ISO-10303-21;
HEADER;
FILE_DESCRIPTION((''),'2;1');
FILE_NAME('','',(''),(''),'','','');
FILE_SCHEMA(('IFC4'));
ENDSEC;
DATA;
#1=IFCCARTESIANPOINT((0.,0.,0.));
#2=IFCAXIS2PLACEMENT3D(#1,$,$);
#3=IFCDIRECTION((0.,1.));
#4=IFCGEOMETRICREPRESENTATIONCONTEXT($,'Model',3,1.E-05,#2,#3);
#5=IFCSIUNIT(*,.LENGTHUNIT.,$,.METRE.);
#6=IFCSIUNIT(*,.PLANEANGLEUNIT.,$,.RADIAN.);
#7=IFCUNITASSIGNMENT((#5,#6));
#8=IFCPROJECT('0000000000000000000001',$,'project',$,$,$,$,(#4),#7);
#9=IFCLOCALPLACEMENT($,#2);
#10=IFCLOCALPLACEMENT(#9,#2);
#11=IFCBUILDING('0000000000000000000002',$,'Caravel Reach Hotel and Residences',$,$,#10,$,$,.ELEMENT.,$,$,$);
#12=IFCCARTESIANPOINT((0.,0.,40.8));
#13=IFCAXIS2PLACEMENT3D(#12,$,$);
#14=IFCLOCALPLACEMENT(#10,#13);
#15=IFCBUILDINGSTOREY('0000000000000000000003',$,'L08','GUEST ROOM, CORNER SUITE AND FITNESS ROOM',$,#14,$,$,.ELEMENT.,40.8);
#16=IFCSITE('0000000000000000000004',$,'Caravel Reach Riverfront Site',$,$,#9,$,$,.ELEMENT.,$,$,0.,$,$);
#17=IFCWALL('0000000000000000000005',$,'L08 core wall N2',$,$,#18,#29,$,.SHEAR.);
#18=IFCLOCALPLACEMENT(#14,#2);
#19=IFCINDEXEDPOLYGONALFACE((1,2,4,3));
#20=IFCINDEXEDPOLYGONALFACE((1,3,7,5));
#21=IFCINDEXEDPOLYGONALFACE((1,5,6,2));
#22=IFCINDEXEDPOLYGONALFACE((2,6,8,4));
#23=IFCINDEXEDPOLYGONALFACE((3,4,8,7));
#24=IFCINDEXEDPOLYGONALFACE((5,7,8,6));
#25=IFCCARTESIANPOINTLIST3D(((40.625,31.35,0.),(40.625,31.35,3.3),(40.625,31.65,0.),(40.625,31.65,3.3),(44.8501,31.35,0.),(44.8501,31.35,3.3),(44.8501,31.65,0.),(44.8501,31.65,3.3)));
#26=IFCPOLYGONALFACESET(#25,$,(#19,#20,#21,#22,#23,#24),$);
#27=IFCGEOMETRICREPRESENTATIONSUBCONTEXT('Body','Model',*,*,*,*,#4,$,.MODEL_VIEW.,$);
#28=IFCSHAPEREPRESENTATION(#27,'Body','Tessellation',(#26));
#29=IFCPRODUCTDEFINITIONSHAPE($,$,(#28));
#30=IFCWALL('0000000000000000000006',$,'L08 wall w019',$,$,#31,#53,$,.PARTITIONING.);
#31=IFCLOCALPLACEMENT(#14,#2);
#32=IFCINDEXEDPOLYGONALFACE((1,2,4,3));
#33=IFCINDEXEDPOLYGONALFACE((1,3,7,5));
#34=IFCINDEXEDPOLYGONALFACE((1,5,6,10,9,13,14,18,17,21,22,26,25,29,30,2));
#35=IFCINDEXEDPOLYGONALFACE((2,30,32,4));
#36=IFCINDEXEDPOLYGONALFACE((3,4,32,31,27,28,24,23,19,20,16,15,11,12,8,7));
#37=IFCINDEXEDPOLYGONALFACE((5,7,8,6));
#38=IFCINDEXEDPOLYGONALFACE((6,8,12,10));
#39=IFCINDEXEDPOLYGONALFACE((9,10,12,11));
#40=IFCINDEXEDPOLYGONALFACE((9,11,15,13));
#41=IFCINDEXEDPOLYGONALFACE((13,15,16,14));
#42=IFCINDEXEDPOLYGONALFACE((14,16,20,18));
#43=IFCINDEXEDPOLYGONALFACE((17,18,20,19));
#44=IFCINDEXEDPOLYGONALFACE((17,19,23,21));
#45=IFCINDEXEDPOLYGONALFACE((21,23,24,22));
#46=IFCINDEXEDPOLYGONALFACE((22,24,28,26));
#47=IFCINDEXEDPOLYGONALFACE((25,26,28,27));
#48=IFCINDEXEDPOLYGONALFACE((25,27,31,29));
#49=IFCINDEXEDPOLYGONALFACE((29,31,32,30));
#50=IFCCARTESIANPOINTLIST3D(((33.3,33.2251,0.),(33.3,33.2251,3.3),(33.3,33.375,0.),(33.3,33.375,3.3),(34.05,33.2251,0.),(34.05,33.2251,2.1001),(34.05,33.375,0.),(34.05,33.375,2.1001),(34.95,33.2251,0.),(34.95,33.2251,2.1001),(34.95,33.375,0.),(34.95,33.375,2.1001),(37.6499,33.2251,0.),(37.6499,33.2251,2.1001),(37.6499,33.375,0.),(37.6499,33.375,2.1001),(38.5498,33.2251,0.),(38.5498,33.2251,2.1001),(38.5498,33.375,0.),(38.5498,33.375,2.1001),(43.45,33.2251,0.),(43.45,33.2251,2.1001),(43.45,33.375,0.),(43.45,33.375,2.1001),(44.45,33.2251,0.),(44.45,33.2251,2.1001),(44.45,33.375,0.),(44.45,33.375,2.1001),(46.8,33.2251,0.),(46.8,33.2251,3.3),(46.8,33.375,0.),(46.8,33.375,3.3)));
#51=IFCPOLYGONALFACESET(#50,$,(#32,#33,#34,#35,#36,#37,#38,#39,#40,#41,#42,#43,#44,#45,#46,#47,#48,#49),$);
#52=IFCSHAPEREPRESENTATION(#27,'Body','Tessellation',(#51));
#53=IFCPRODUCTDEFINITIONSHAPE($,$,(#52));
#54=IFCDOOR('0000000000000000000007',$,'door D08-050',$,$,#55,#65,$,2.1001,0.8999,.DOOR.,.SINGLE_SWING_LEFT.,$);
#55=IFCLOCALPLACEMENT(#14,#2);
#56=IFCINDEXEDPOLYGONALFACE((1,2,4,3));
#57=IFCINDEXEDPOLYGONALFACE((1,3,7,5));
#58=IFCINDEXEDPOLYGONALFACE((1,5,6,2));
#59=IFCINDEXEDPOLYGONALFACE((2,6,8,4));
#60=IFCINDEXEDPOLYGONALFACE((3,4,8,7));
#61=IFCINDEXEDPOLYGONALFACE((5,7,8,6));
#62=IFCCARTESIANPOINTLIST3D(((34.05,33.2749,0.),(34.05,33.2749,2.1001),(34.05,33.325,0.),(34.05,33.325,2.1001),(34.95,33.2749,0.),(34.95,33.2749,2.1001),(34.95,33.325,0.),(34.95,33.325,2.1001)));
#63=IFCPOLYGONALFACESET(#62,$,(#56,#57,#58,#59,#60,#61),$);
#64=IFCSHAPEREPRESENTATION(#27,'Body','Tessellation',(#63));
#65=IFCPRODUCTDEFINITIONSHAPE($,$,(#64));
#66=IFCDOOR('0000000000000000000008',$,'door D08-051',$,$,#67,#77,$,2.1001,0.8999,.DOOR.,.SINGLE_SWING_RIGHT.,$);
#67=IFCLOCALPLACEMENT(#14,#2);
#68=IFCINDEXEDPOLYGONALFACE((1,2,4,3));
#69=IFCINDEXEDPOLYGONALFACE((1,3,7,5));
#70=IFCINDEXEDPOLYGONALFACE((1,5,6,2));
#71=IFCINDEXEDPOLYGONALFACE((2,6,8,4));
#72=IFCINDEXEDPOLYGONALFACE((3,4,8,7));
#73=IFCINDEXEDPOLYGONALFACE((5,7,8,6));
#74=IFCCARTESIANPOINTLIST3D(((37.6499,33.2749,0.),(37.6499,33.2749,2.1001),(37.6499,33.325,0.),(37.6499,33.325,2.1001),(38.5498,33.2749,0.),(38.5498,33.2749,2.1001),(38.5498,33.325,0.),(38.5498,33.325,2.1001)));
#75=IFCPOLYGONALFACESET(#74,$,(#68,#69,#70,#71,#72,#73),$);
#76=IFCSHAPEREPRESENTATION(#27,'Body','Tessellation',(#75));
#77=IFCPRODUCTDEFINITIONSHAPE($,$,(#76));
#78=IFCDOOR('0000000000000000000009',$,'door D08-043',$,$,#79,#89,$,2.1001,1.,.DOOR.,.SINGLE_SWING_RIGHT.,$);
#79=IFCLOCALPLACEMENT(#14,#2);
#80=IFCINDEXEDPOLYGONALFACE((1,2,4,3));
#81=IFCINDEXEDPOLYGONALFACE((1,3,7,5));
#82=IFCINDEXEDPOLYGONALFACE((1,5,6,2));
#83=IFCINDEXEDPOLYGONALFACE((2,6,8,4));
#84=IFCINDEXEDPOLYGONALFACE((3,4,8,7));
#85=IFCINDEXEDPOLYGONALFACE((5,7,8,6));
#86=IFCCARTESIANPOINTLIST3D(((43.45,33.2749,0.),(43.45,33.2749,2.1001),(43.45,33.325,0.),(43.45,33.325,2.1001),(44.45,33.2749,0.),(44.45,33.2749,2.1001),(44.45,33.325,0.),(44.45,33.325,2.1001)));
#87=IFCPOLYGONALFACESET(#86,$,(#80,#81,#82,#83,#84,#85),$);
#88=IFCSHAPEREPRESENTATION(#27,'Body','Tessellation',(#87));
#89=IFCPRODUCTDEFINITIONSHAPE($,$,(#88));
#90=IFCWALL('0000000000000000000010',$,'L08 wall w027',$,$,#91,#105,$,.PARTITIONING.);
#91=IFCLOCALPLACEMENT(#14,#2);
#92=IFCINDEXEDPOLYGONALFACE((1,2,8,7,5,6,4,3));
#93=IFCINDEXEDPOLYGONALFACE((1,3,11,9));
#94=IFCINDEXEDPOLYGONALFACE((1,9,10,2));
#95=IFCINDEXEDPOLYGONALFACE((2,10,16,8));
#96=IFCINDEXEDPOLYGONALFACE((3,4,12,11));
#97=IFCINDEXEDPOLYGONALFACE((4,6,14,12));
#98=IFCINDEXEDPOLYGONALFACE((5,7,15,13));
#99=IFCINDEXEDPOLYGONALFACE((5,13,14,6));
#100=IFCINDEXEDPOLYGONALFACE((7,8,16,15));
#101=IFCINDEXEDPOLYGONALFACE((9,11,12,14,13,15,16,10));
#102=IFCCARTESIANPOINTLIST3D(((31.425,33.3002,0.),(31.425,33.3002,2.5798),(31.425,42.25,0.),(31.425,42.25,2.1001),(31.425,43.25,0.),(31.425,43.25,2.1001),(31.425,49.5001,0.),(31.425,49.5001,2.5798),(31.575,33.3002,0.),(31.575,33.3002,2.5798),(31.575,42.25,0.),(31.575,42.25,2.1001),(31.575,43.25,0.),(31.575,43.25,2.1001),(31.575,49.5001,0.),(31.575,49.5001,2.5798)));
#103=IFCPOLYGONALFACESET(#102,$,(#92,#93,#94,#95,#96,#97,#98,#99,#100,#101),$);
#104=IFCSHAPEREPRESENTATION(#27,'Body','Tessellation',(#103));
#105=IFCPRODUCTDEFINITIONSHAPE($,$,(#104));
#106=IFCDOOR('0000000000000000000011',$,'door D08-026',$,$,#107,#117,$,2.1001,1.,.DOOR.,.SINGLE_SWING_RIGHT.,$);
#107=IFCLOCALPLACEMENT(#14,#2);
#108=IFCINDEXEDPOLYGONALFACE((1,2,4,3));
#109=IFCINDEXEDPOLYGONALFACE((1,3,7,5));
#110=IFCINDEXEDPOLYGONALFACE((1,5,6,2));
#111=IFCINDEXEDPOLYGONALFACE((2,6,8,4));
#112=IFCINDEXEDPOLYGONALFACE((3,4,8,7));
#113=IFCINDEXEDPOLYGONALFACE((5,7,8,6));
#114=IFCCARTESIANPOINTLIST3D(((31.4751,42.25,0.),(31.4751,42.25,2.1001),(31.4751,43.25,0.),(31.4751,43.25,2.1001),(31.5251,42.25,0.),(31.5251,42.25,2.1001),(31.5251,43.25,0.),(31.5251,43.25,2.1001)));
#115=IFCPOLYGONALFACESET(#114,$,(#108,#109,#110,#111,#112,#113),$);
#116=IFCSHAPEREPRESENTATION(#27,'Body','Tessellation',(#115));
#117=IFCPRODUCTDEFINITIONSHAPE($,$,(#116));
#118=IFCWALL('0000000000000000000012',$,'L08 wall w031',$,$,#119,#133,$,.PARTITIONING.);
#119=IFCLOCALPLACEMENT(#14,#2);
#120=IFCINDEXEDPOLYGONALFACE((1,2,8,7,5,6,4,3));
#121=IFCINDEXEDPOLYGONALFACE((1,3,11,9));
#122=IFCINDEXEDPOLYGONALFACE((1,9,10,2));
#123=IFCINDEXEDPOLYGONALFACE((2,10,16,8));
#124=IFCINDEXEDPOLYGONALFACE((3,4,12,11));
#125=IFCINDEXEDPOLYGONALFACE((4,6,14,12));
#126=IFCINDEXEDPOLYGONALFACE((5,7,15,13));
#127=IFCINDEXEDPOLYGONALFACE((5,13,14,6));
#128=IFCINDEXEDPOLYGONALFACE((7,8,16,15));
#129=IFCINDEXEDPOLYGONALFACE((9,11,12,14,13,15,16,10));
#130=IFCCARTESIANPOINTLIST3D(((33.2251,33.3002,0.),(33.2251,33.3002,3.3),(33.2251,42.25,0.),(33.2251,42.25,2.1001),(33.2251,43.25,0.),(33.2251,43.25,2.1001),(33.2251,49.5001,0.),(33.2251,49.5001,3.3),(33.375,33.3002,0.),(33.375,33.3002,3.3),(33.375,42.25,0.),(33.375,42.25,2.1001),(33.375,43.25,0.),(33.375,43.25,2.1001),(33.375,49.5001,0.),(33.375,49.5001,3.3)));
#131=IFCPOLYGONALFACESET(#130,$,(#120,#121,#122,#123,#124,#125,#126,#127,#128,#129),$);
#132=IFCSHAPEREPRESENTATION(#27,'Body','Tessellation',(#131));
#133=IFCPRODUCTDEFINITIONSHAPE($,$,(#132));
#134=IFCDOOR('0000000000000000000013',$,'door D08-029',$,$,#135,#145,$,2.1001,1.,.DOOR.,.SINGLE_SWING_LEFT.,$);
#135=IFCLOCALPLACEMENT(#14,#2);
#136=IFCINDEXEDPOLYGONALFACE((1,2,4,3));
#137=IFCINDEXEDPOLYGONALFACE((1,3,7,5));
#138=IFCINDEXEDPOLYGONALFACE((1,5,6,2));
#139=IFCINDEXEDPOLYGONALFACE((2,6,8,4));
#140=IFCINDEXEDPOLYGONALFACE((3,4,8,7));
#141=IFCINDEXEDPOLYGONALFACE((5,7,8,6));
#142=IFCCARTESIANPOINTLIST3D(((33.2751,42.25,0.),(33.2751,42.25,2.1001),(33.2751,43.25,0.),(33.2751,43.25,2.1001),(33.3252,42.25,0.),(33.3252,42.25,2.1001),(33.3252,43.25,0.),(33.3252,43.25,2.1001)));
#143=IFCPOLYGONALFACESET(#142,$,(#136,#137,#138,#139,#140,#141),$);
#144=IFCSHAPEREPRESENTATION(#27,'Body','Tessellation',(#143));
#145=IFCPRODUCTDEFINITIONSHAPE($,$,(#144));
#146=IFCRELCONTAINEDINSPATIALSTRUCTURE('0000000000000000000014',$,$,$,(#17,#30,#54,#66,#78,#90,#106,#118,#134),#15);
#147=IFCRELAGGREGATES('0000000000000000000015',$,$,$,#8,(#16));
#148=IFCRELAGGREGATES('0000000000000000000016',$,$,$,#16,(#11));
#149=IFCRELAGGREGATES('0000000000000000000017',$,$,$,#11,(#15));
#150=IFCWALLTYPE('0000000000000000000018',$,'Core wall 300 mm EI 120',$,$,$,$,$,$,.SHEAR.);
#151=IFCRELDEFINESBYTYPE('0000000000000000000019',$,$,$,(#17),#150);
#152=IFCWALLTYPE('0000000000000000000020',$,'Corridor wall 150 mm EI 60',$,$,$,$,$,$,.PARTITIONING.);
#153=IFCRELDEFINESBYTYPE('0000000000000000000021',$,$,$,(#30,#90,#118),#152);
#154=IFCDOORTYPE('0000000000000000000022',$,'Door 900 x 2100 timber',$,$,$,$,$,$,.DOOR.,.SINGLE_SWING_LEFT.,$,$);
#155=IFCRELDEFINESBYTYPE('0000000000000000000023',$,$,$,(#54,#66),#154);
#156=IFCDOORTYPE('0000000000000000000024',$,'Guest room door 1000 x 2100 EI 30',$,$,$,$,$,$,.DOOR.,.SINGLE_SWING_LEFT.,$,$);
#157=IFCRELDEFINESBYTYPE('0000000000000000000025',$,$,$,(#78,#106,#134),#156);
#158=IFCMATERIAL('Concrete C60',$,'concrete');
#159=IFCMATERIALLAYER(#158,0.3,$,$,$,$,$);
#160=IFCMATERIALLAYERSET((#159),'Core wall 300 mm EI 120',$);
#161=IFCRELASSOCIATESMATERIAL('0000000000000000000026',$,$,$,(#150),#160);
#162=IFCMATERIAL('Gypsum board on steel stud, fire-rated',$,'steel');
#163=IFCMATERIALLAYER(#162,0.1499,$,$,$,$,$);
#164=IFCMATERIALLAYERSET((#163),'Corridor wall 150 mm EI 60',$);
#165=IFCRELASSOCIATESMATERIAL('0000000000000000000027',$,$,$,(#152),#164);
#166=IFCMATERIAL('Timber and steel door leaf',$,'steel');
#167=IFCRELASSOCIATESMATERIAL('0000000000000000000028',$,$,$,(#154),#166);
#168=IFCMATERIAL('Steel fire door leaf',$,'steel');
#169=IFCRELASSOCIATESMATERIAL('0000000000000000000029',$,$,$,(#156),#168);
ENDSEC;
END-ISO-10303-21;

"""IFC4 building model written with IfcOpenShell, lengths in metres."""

from ifc_helpers import new_model, si_unit, direction, frame, frame_2d, origin, place, context, subcontext, project, spatial, rectangle, extrude, material, layer, layer_set, type_object, element, fill, save


model = new_model("IFC4")

# Units and contexts
model_context = context("Model", 3, precision=1e-05, world=origin(), true_north=direction((0.0, 1.0)))
body_context = subcontext(model_context, "Body", "Model", "MODEL_VIEW")
ifc_project = project(units=[si_unit("LENGTHUNIT", "METRE"), si_unit("PLANEANGLEUNIT", "RADIAN")], contexts=[model_context])

# Site, building, storey
site_placement = place(None, origin())
site = spatial("IfcSite", under=ifc_project, at=site_placement, Name="Caravel Reach Riverfront Site", CompositionType="ELEMENT", RefElevation=0.0)
building_placement = place(site_placement, origin())
building = spatial("IfcBuilding", under=site, at=building_placement, Name="Caravel Reach Hotel and Residences", CompositionType="ELEMENT")
storey_placement = place(building_placement, frame((0.0, 0.0, 40.8)))
storey = spatial("IfcBuildingStorey", under=building, at=storey_placement, Name="L08", Description="GUEST ROOM, CORNER SUITE AND FITNESS ROOM", CompositionType="ELEMENT", Elevation=40.8)

# Wall
ifc_material_1 = material(Name="Concrete C60", Category="concrete")
ifc_layer_1 = layer(ifc_material_1, 0.3)
ifc_layer_set_1 = layer_set([ifc_layer_1], Name="Core wall 300 mm EI 120")
wall_type_1 = type_object("IfcWallType", Name="Core wall 300 mm EI 120", PredefinedType="SHEAR", material=ifc_layer_set_1)
wall_1_placement = place(storey_placement, frame((40.625, 31.5, 0.0), z_axis=(0.0, 0.0, 1.0), x_axis=(1.0, 0.0, 0.0)))
element("IfcWall", 1, at=wall_1_placement, inside=storey, type_object=wall_type_1, Name="L08 core wall N2", PredefinedType="SHEAR", context=body_context, shape_type="SweptSolid", body=[
    extrude(rectangle(XDim=4.2251, YDim=0.3, at=frame_2d((2.1125, 0.0))), origin(), (0.0, 0.0, 1.0), 3.3),
])

# Wall, openings, doors
ifc_material_2 = material(Name="Gypsum board on steel stud, fire-rated", Category="steel")
ifc_layer_2 = layer(ifc_material_2, 0.1499)
ifc_layer_set_2 = layer_set([ifc_layer_2], Name="Corridor wall 150 mm EI 60")
wall_type_2 = type_object("IfcWallType", Name="Corridor wall 150 mm EI 60", PredefinedType="PARTITIONING", material=ifc_layer_set_2)
wall_2_placement = place(storey_placement, frame((33.3, 33.3, 0.0), z_axis=(0.0, 0.0, 1.0), x_axis=(1.0, 0.0, 0.0)))
wall_2 = element("IfcWall", 2, at=wall_2_placement, inside=storey, type_object=wall_type_2, Name="L08 wall w019", PredefinedType="PARTITIONING", context=body_context, shape_type="SweptSolid", body=[
    extrude(rectangle(XDim=13.5, YDim=0.1499, at=frame_2d((6.75, 0.0))), origin(), (0.0, 0.0, 1.0), 3.3),
])
opening_1_placement = place(wall_2_placement, frame((10.1499, 0.0, 0.0)))
opening_1 = element("IfcOpeningElement", 3, at=opening_1_placement, cuts=wall_2, PredefinedType="OPENING", context=body_context, shape_type="SweptSolid", body=[
    extrude(rectangle(XDim=1.0, YDim=2.1001, at=frame_2d((0.5, 1.05))), frame((0.0, 0.085, 0.0), z_axis=(0.0, -1.0, 0.0), x_axis=(1.0, 0.0, 0.0)), (0.0, 0.0, 1.0), 0.1699),
])
opening_2_placement = place(wall_2_placement, frame((0.75, 0.0, 0.0)))
opening_2 = element("IfcOpeningElement", 4, at=opening_2_placement, cuts=wall_2, PredefinedType="OPENING", context=body_context, shape_type="SweptSolid", body=[
    extrude(rectangle(XDim=0.8999, YDim=2.1001, at=frame_2d((0.45, 1.05))), frame((0.0, 0.085, 0.0), z_axis=(0.0, -1.0, 0.0), x_axis=(1.0, 0.0, 0.0)), (0.0, 0.0, 1.0), 0.1699),
])
opening_3_placement = place(wall_2_placement, frame((4.3499, 0.0, 0.0)))
opening_3 = element("IfcOpeningElement", 5, at=opening_3_placement, cuts=wall_2, PredefinedType="OPENING", context=body_context, shape_type="SweptSolid", body=[
    extrude(rectangle(XDim=0.8999, YDim=2.1001, at=frame_2d((0.45, 1.05))), frame((0.0, 0.085, 0.0), z_axis=(0.0, -1.0, 0.0), x_axis=(1.0, 0.0, 0.0)), (0.0, 0.0, 1.0), 0.1699),
])
ifc_material_3 = material(Name="Timber and steel door leaf", Category="steel")
door_type_1 = type_object("IfcDoorType", Name="Door 900 x 2100 timber", OperationType="SINGLE_SWING_LEFT", PredefinedType="DOOR", material=ifc_material_3)
door_1_placement = place(opening_2_placement, origin())
door_1 = element("IfcDoor", 6, at=door_1_placement, inside=storey, type_object=door_type_1, Name="door D08-050", OperationType="SINGLE_SWING_LEFT", OverallHeight=2.1001, OverallWidth=0.8999, PredefinedType="DOOR", context=body_context, shape_type="SweptSolid", body=[
    extrude(rectangle(XDim=0.8999, YDim=2.1001, at=frame_2d((0.45, 1.05))), frame((0.0, 0.0249, 0.0), z_axis=(0.0, -1.0, 0.0), x_axis=(1.0, 0.0, 0.0)), (0.0, 0.0, 1.0), 0.05),
])
fill(opening_2, door_1)
door_2_placement = place(opening_3_placement, origin())
door_2 = element("IfcDoor", 7, at=door_2_placement, inside=storey, type_object=door_type_1, Name="door D08-051", OperationType="SINGLE_SWING_RIGHT", OverallHeight=2.1001, OverallWidth=0.8999, PredefinedType="DOOR", context=body_context, shape_type="SweptSolid", body=[
    extrude(rectangle(XDim=0.8999, YDim=2.1001, at=frame_2d((0.45, 1.05))), frame((0.0, 0.0249, 0.0), z_axis=(0.0, -1.0, 0.0), x_axis=(1.0, 0.0, 0.0)), (0.0, 0.0, 1.0), 0.05),
])
fill(opening_3, door_2)
ifc_material_4 = material(Name="Steel fire door leaf", Category="steel")
door_type_2 = type_object("IfcDoorType", Name="Guest room door 1000 x 2100 EI 30", OperationType="SINGLE_SWING_LEFT", PredefinedType="DOOR", material=ifc_material_4)
door_3_placement = place(opening_1_placement, origin())
door_3 = element("IfcDoor", 8, at=door_3_placement, inside=storey, type_object=door_type_2, Name="door D08-043", OperationType="SINGLE_SWING_RIGHT", OverallHeight=2.1001, OverallWidth=1.0, PredefinedType="DOOR", context=body_context, shape_type="SweptSolid", body=[
    extrude(rectangle(XDim=1.0, YDim=2.1001, at=frame_2d((0.5, 1.05))), frame((0.0, 0.0249, 0.0), z_axis=(0.0, -1.0, 0.0), x_axis=(1.0, 0.0, 0.0)), (0.0, 0.0, 1.0), 0.05),
])
fill(opening_1, door_3)

# Walls, openings, doors
wall_3_placement = place(storey_placement, frame((31.5, 33.3, 0.0), z_axis=(0.0, 0.0, 1.0), x_axis=(0.0, 1.0, 0.0)))
wall_3 = element("IfcWall", 9, at=wall_3_placement, inside=storey, type_object=wall_type_2, Name="L08 wall w027", PredefinedType="PARTITIONING", context=body_context, shape_type="SweptSolid", body=[
    extrude(rectangle(XDim=16.2, YDim=0.1499, at=frame_2d((8.1001, 0.0))), origin(), (0.0, 0.0, 1.0), 2.5798),
])
opening_4_placement = place(wall_3_placement, frame((8.95, 0.0, 0.0)))
opening_4 = element("IfcOpeningElement", 10, at=opening_4_placement, cuts=wall_3, PredefinedType="OPENING", context=body_context, shape_type="SweptSolid", body=[
    extrude(rectangle(XDim=1.0, YDim=2.1001, at=frame_2d((0.5, 1.05))), frame((0.0, 0.085, 0.0), z_axis=(0.0, -1.0, 0.0), x_axis=(1.0, 0.0, 0.0)), (0.0, 0.0, 1.0), 0.1699),
])
door_4_placement = place(opening_4_placement, origin())
door_4 = element("IfcDoor", 11, at=door_4_placement, inside=storey, type_object=door_type_2, Name="door D08-026", OperationType="SINGLE_SWING_RIGHT", OverallHeight=2.1001, OverallWidth=1.0, PredefinedType="DOOR", context=body_context, shape_type="SweptSolid", body=[
    extrude(rectangle(XDim=1.0, YDim=2.1001, at=frame_2d((0.5, 1.05))), frame((0.0, 0.0249, 0.0), z_axis=(0.0, -1.0, 0.0), x_axis=(1.0, 0.0, 0.0)), (0.0, 0.0, 1.0), 0.05),
])
fill(opening_4, door_4)
wall_4_placement = place(storey_placement, frame((33.3, 33.3, 0.0), z_axis=(0.0, 0.0, 1.0), x_axis=(0.0, 1.0, 0.0)))
wall_4 = element("IfcWall", 12, at=wall_4_placement, inside=storey, type_object=wall_type_2, Name="L08 wall w031", PredefinedType="PARTITIONING", context=body_context, shape_type="SweptSolid", body=[
    extrude(rectangle(XDim=16.2, YDim=0.1499, at=frame_2d((8.1001, 0.0))), origin(), (0.0, 0.0, 1.0), 3.3),
])
opening_5_placement = place(wall_4_placement, frame((8.95, 0.0, 0.0)))
opening_5 = element("IfcOpeningElement", 13, at=opening_5_placement, cuts=wall_4, PredefinedType="OPENING", context=body_context, shape_type="SweptSolid", body=[
    extrude(rectangle(XDim=1.0, YDim=2.1001, at=frame_2d((0.5, 1.05))), frame((0.0, 0.085, 0.0), z_axis=(0.0, -1.0, 0.0), x_axis=(1.0, 0.0, 0.0)), (0.0, 0.0, 1.0), 0.1699),
])
door_5_placement = place(opening_5_placement, origin())
door_5 = element("IfcDoor", 14, at=door_5_placement, inside=storey, type_object=door_type_2, Name="door D08-029", OperationType="SINGLE_SWING_LEFT", OverallHeight=2.1001, OverallWidth=1.0, PredefinedType="DOOR", context=body_context, shape_type="SweptSolid", body=[
    extrude(rectangle(XDim=1.0, YDim=2.1001, at=frame_2d((0.5, 1.05))), frame((0.0, 0.0249, 0.0), z_axis=(0.0, -1.0, 0.0), x_axis=(1.0, 0.0, 0.0)), (0.0, 0.0, 1.0), 0.05),
])
fill(opening_5, door_5)

save(model, "model.ifc")
